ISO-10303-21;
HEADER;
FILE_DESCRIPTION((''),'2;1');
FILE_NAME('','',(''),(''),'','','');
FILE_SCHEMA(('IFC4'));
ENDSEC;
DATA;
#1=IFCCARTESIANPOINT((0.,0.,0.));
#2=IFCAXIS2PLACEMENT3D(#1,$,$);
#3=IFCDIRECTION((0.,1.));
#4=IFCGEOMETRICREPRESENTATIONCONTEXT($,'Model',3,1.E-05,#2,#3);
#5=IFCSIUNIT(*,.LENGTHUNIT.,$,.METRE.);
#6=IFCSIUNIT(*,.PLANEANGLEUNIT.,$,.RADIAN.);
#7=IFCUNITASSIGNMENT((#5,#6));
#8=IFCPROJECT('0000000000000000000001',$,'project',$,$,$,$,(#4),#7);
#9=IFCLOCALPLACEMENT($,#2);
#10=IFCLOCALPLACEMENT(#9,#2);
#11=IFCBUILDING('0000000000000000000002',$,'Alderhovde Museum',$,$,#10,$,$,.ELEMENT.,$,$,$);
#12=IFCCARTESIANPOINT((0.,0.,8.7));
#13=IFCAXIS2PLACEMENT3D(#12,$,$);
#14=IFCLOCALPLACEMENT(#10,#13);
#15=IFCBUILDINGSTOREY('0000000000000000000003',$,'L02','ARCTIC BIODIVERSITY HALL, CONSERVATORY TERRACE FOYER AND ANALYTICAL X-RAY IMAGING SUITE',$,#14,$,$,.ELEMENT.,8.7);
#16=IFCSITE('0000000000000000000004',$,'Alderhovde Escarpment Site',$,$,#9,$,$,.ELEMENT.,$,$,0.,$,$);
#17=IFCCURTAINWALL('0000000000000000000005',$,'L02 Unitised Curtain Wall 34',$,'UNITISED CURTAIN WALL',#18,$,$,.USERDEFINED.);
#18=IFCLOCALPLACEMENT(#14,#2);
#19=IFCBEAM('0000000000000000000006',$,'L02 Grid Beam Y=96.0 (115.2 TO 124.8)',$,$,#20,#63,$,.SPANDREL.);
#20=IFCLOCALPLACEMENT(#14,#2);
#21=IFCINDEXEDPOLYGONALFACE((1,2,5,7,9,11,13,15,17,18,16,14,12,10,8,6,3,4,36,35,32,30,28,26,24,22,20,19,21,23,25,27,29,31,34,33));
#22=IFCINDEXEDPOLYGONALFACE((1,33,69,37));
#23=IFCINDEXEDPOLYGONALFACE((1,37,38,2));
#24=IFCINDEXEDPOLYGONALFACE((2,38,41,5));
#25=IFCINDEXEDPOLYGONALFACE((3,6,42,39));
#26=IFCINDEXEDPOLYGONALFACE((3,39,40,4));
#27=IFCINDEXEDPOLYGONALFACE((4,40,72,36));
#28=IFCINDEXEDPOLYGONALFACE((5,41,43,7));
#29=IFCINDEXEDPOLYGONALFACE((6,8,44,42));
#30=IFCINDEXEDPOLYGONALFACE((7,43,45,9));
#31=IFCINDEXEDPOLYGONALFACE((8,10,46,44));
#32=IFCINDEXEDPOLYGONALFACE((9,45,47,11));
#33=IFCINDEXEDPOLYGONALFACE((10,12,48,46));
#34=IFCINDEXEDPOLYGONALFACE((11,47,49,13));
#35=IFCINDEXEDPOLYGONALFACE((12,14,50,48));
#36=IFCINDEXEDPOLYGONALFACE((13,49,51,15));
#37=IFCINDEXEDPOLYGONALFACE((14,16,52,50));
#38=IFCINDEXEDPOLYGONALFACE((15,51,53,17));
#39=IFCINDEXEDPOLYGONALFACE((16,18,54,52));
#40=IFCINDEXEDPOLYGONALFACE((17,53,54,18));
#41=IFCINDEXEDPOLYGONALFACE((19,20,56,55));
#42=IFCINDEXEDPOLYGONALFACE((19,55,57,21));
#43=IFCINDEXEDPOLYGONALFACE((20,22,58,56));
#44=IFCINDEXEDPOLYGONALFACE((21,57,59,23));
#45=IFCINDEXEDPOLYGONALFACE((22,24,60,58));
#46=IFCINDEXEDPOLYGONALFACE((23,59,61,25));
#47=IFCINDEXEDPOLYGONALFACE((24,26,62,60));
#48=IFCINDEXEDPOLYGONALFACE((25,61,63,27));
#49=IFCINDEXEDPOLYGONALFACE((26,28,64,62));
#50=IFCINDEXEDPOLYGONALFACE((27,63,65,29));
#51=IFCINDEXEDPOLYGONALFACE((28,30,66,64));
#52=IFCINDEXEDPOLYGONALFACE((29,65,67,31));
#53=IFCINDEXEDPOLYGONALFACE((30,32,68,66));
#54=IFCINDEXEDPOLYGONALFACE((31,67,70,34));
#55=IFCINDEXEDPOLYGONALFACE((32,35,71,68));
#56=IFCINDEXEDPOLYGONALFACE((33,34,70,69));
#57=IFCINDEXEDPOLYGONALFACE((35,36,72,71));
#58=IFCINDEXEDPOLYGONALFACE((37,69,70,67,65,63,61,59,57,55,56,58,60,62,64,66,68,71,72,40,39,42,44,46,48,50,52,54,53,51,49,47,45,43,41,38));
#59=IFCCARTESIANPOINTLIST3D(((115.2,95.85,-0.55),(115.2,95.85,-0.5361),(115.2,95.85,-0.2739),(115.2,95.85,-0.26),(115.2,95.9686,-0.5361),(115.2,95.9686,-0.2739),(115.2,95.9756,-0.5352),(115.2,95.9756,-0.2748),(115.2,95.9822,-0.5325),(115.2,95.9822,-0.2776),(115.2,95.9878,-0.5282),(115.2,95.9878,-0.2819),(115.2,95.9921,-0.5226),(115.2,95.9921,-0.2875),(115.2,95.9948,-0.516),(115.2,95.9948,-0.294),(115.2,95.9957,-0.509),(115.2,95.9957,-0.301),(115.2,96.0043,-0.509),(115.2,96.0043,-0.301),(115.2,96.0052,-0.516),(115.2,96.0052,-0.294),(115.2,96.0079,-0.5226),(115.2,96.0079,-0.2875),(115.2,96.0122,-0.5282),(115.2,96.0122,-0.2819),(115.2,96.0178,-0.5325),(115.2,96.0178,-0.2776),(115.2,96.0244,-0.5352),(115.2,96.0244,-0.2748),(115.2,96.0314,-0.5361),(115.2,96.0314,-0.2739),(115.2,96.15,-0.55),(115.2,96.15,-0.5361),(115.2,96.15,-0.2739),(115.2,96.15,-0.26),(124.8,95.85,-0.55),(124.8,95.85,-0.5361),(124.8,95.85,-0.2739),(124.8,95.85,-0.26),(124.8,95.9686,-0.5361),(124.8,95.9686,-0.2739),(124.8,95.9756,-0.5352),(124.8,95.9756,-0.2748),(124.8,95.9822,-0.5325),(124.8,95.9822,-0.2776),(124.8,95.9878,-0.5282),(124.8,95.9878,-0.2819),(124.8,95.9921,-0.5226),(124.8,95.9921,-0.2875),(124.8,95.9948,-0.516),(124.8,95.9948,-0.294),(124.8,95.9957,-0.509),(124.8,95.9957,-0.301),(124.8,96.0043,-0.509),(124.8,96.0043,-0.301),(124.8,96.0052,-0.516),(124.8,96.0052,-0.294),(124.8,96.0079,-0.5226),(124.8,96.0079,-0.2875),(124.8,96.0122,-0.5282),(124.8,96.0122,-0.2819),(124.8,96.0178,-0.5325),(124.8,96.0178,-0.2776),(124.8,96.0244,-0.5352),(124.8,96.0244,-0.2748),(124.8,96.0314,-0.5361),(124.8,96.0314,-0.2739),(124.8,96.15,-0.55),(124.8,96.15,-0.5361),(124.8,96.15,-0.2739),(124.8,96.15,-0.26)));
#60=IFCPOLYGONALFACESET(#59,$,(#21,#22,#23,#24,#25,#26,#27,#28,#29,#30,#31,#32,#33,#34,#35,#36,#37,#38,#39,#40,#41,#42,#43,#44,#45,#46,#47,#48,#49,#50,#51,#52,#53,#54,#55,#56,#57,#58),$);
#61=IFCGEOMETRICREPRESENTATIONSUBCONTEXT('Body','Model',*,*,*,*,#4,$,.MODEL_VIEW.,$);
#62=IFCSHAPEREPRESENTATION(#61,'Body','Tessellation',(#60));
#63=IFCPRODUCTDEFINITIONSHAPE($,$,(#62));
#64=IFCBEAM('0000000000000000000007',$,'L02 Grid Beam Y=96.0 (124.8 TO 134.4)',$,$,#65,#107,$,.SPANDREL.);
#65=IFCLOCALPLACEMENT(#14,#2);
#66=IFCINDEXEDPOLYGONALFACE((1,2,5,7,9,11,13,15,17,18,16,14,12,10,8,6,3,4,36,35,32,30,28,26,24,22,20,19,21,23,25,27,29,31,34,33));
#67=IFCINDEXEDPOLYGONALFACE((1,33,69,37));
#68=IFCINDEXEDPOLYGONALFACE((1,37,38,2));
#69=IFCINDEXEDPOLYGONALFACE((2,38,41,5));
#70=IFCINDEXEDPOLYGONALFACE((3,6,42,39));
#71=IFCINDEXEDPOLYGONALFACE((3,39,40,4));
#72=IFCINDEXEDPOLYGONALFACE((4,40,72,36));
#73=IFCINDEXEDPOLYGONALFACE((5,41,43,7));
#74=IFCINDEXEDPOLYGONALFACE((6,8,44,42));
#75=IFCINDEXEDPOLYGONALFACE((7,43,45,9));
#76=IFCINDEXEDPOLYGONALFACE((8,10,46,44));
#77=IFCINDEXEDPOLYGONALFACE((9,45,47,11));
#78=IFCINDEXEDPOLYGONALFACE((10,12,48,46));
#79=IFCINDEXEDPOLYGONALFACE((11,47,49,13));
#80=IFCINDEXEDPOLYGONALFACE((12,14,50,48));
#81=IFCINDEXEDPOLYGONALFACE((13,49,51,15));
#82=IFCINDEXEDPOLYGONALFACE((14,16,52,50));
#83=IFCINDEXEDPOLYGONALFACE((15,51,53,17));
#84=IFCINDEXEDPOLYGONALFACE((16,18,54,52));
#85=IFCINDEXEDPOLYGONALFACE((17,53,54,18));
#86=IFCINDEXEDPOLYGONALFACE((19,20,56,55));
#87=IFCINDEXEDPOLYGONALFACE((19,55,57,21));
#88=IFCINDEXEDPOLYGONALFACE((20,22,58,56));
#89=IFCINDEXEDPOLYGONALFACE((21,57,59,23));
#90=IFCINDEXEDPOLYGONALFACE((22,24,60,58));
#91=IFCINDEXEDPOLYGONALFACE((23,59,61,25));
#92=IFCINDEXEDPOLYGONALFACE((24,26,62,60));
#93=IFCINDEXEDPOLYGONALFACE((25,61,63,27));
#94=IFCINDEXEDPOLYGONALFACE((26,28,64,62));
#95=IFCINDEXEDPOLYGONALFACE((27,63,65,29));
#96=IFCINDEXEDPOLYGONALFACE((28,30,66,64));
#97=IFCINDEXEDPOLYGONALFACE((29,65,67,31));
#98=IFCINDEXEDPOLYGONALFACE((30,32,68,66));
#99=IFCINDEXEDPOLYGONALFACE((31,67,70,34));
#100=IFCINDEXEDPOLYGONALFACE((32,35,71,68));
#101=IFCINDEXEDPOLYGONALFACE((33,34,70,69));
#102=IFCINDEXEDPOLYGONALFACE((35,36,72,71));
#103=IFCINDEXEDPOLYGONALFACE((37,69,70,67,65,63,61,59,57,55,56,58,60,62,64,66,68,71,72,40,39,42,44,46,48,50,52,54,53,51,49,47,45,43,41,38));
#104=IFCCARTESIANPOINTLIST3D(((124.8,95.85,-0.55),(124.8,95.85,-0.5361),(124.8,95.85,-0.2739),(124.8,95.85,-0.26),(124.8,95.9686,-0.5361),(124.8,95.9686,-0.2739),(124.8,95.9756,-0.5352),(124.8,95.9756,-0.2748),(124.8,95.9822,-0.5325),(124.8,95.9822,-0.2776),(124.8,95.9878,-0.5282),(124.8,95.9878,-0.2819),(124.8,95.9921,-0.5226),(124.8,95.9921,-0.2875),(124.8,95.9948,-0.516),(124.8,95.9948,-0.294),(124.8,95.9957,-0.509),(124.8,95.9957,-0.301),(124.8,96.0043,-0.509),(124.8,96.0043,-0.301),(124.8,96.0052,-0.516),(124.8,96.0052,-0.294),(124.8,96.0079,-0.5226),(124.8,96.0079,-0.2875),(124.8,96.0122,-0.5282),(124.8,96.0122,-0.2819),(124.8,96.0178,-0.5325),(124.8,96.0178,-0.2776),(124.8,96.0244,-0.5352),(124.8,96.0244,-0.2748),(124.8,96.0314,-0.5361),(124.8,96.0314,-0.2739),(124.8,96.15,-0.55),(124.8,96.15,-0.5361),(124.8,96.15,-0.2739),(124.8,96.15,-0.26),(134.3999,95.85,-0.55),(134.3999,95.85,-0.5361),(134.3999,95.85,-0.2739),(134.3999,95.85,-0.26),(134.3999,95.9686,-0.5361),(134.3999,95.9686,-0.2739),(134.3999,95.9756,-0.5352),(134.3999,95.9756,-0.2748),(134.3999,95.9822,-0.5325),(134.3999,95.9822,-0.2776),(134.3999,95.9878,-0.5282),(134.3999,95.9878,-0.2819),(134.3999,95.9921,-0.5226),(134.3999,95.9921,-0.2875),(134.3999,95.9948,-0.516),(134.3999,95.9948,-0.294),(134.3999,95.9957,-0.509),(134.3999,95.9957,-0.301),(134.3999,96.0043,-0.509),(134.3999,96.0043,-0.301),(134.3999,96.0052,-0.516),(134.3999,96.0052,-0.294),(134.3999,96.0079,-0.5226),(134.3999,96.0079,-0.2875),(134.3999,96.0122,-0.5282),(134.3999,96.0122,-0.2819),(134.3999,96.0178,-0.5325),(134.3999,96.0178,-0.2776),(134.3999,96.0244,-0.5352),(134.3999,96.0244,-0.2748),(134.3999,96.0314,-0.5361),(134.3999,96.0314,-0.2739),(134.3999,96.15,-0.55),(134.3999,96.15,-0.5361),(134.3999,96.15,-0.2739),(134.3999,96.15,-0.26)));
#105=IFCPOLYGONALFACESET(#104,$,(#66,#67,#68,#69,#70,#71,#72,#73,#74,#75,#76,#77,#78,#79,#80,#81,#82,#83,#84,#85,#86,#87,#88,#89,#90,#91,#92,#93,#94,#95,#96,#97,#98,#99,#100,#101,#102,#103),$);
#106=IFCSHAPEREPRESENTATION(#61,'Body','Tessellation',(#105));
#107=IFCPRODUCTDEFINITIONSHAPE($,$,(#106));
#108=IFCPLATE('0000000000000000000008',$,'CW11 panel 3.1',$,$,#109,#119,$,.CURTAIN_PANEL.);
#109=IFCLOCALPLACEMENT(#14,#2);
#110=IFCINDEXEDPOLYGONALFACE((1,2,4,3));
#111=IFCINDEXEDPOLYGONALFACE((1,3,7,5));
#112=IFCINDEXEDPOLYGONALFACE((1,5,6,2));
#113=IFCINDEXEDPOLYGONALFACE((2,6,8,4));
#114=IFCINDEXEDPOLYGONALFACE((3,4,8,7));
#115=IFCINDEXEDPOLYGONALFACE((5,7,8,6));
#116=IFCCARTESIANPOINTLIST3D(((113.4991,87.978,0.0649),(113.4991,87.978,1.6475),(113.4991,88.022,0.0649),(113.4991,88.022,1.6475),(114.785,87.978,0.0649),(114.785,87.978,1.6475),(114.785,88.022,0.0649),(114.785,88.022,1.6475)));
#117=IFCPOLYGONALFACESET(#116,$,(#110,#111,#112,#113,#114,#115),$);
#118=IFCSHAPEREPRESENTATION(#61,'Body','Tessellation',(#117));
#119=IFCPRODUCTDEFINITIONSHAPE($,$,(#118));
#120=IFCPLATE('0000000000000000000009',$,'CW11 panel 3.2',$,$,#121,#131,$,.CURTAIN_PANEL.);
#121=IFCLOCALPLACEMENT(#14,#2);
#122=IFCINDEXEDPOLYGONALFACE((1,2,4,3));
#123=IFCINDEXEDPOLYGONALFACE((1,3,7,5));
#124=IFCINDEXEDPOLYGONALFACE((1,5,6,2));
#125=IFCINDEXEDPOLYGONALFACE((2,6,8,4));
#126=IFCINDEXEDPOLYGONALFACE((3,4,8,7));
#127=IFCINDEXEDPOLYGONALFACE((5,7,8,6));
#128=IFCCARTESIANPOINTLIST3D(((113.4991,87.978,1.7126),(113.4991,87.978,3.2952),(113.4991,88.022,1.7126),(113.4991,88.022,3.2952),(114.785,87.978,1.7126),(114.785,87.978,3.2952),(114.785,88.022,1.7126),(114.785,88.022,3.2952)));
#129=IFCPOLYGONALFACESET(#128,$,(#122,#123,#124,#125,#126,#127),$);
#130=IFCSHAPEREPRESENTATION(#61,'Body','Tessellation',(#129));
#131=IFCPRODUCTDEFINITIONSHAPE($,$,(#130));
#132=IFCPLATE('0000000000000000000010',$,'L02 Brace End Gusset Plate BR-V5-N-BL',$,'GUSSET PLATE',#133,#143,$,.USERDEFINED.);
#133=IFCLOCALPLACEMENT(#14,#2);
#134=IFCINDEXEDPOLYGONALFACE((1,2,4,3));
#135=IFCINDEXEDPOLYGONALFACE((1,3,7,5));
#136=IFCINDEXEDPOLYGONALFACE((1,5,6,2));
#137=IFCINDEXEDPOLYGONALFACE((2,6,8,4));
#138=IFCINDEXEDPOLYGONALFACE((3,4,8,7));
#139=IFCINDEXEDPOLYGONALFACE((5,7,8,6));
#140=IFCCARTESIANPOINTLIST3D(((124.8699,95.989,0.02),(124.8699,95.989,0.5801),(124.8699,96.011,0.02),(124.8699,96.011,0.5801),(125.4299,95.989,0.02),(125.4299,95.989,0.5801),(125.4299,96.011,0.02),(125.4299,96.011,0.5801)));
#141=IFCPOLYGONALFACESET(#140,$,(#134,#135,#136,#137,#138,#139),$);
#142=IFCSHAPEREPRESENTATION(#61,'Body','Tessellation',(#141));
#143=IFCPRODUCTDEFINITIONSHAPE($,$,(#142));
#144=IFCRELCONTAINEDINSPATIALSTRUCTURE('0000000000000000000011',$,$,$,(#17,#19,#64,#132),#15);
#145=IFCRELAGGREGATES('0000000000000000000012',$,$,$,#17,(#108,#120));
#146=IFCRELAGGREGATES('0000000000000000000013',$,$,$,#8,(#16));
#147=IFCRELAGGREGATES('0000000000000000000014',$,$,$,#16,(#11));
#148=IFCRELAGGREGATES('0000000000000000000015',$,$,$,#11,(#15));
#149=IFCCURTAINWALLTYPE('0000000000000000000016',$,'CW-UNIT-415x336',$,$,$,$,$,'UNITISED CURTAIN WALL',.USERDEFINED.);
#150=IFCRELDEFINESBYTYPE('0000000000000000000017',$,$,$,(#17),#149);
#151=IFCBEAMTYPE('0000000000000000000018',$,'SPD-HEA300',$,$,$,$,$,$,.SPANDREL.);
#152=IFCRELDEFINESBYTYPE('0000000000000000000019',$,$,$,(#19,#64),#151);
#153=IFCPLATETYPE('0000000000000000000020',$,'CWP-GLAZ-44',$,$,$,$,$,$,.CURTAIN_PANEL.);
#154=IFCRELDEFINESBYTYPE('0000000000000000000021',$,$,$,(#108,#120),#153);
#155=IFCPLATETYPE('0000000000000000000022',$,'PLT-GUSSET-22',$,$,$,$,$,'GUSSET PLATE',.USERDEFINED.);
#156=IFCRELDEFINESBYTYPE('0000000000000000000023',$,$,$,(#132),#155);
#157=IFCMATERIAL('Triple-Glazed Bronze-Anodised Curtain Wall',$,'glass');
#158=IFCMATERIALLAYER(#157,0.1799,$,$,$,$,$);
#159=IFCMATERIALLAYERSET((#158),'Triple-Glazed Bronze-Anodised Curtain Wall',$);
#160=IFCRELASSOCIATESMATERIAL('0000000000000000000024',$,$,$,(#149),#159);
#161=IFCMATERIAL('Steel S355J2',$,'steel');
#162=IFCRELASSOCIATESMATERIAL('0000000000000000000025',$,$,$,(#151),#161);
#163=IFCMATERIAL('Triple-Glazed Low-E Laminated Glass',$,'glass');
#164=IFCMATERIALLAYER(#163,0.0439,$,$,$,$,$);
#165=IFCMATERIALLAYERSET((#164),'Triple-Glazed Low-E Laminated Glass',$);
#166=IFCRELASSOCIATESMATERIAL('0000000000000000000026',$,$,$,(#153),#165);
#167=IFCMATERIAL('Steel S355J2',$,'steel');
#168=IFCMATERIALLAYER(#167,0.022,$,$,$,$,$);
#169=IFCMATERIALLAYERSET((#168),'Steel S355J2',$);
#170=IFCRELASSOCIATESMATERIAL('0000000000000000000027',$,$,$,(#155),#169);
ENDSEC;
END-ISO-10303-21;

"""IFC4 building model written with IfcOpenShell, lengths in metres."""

from ifc_helpers import new_model, si_unit, direction, frame, origin, origin_2d, place, context, subcontext, project, spatial, rectangle, i_section, extrude, material, layer, layer_set, material_profile, profile_set, type_object, element, aggregate, save


model = new_model("IFC4")

# Units and contexts
model_context = context("Model", 3, precision=1e-05, world=origin(), true_north=direction((0.0, 1.0)))
body_context = subcontext(model_context, "Body", "Model", "MODEL_VIEW")
ifc_project = project(units=[si_unit("LENGTHUNIT", "METRE"), si_unit("PLANEANGLEUNIT", "RADIAN")], contexts=[model_context])

# Site, building, storey
site_placement = place(None, origin())
site = spatial("IfcSite", under=ifc_project, at=site_placement, Name="Alderhovde Escarpment Site", CompositionType="ELEMENT", RefElevation=0.0)
building_placement = place(site_placement, origin())
building = spatial("IfcBuilding", under=site, at=building_placement, Name="Alderhovde Museum", CompositionType="ELEMENT")
storey_placement = place(building_placement, frame((0.0, 0.0, 8.7)))
storey = spatial("IfcBuildingStorey", under=building, at=storey_placement, Name="L02", Description="ARCTIC BIODIVERSITY HALL, CONSERVATORY TERRACE FOYER AND ANALYTICAL X-RAY IMAGING SUITE", CompositionType="ELEMENT", Elevation=8.7)

# Curtain wall
ifc_material_1 = material(Name="Triple-Glazed Bronze-Anodised Curtain Wall", Category="glass")
ifc_layer_1 = layer(ifc_material_1, 0.1799)
ifc_layer_set_1 = layer_set([ifc_layer_1], Name="Triple-Glazed Bronze-Anodised Curtain Wall")
curtain_wall_type = type_object("IfcCurtainWallType", Name="CW-UNIT-415x336", ElementType="UNITISED CURTAIN WALL", PredefinedType="USERDEFINED", material=ifc_layer_set_1)
curtain_wall_placement = place(storey_placement, origin())
curtain_wall = element("IfcCurtainWall", 1, at=curtain_wall_placement, inside=storey, type_object=curtain_wall_type, Name="L02 Unitised Curtain Wall 34", ObjectType="UNITISED CURTAIN WALL", PredefinedType="USERDEFINED")

# Beams
ifc_material_2 = material(Name="Steel S355J2", Category="steel")
ifc_material_profile_1 = material_profile(ifc_material_2, i_section(OverallWidth=0.3, OverallDepth=0.29, WebThickness=0.0085, FlangeThickness=0.0139, FilletRadius=0.0271, at=origin_2d()), Name="HEA 300")
ifc_profile_set_1 = profile_set([ifc_material_profile_1], Name="Steel S355J2")
beam_type_1 = type_object("IfcBeamType", Name="SPD-HEA300", PredefinedType="SPANDREL", material=ifc_profile_set_1)
beam_1_placement = place(storey_placement, frame((115.2, 96.0, -0.405), z_axis=(1.0, 0.0, 0.0), x_axis=(0.0, 1.0, 0.0)))
element("IfcBeam", 2, at=beam_1_placement, inside=storey, type_object=beam_type_1, Name="L02 Grid Beam Y=96.0 (115.2 TO 124.8)", PredefinedType="SPANDREL", context=body_context, shape_type="SweptSolid", body=[
    extrude(i_section(OverallWidth=0.3, OverallDepth=0.29, WebThickness=0.0085, FlangeThickness=0.0139, FilletRadius=0.0271, at=origin_2d()), origin(), (0.0, 0.0, 1.0), 9.6001),
])
beam_2_placement = place(storey_placement, frame((124.8, 96.0, -0.405), z_axis=(1.0, 0.0, 0.0), x_axis=(0.0, 1.0, 0.0)))
element("IfcBeam", 3, at=beam_2_placement, inside=storey, type_object=beam_type_1, Name="L02 Grid Beam Y=96.0 (124.8 TO 134.4)", PredefinedType="SPANDREL", context=body_context, shape_type="SweptSolid", body=[
    extrude(i_section(OverallWidth=0.3, OverallDepth=0.29, WebThickness=0.0085, FlangeThickness=0.0139, FilletRadius=0.0271, at=origin_2d()), origin(), (0.0, 0.0, 1.0), 9.5999),
])

# Plates
ifc_material_3 = material(Name="Triple-Glazed Low-E Laminated Glass", Category="glass")
ifc_layer_2 = layer(ifc_material_3, 0.0439)
ifc_layer_set_2 = layer_set([ifc_layer_2], Name="Triple-Glazed Low-E Laminated Glass")
plate_type_1 = type_object("IfcPlateType", Name="CWP-GLAZ-44", PredefinedType="CURTAIN_PANEL", material=ifc_layer_set_2)
plate_1_placement = place(storey_placement, frame((114.1421, 88.0, 0.0649), z_axis=(0.0, 0.0, 1.0), x_axis=(1.0, 0.0, 0.0)))
plate_1 = element("IfcPlate", 4, at=plate_1_placement, type_object=plate_type_1, Name="CW11 panel 3.1", PredefinedType="CURTAIN_PANEL", context=body_context, shape_type="SweptSolid", body=[
    extrude(rectangle(XDim=1.2859, YDim=0.0439, at=origin_2d()), origin(), (0.0, 0.0, 1.0), 1.5825),
])
plate_2_placement = place(storey_placement, frame((114.1421, 88.0, 1.7126), z_axis=(0.0, 0.0, 1.0), x_axis=(1.0, 0.0, 0.0)))
plate_2 = element("IfcPlate", 5, at=plate_2_placement, type_object=plate_type_1, Name="CW11 panel 3.2", PredefinedType="CURTAIN_PANEL", context=body_context, shape_type="SweptSolid", body=[
    extrude(rectangle(XDim=1.2859, YDim=0.0439, at=origin_2d()), origin(), (0.0, 0.0, 1.0), 1.5825),
])
aggregate(curtain_wall, [plate_1, plate_2])
ifc_material_4 = material(Name="Steel S355J2", Category="steel")
ifc_layer_3 = layer(ifc_material_4, 0.022)
ifc_layer_set_3 = layer_set([ifc_layer_3], Name="Steel S355J2")
plate_type_2 = type_object("IfcPlateType", Name="PLT-GUSSET-22", ElementType="GUSSET PLATE", PredefinedType="USERDEFINED", material=ifc_layer_set_3)
plate_3_placement = place(storey_placement, frame((125.1499, 96.0, 0.02), z_axis=(0.0, 0.0, 1.0), x_axis=(1.0, 0.0, 0.0)))
element("IfcPlate", 6, at=plate_3_placement, inside=storey, type_object=plate_type_2, Name="L02 Brace End Gusset Plate BR-V5-N-BL", ObjectType="GUSSET PLATE", PredefinedType="USERDEFINED", context=body_context, shape_type="SweptSolid", body=[
    extrude(rectangle(XDim=0.5601, YDim=0.022, at=origin_2d()), origin(), (0.0, 0.0, 1.0), 0.5601),
])

save(model, "model.ifc")
